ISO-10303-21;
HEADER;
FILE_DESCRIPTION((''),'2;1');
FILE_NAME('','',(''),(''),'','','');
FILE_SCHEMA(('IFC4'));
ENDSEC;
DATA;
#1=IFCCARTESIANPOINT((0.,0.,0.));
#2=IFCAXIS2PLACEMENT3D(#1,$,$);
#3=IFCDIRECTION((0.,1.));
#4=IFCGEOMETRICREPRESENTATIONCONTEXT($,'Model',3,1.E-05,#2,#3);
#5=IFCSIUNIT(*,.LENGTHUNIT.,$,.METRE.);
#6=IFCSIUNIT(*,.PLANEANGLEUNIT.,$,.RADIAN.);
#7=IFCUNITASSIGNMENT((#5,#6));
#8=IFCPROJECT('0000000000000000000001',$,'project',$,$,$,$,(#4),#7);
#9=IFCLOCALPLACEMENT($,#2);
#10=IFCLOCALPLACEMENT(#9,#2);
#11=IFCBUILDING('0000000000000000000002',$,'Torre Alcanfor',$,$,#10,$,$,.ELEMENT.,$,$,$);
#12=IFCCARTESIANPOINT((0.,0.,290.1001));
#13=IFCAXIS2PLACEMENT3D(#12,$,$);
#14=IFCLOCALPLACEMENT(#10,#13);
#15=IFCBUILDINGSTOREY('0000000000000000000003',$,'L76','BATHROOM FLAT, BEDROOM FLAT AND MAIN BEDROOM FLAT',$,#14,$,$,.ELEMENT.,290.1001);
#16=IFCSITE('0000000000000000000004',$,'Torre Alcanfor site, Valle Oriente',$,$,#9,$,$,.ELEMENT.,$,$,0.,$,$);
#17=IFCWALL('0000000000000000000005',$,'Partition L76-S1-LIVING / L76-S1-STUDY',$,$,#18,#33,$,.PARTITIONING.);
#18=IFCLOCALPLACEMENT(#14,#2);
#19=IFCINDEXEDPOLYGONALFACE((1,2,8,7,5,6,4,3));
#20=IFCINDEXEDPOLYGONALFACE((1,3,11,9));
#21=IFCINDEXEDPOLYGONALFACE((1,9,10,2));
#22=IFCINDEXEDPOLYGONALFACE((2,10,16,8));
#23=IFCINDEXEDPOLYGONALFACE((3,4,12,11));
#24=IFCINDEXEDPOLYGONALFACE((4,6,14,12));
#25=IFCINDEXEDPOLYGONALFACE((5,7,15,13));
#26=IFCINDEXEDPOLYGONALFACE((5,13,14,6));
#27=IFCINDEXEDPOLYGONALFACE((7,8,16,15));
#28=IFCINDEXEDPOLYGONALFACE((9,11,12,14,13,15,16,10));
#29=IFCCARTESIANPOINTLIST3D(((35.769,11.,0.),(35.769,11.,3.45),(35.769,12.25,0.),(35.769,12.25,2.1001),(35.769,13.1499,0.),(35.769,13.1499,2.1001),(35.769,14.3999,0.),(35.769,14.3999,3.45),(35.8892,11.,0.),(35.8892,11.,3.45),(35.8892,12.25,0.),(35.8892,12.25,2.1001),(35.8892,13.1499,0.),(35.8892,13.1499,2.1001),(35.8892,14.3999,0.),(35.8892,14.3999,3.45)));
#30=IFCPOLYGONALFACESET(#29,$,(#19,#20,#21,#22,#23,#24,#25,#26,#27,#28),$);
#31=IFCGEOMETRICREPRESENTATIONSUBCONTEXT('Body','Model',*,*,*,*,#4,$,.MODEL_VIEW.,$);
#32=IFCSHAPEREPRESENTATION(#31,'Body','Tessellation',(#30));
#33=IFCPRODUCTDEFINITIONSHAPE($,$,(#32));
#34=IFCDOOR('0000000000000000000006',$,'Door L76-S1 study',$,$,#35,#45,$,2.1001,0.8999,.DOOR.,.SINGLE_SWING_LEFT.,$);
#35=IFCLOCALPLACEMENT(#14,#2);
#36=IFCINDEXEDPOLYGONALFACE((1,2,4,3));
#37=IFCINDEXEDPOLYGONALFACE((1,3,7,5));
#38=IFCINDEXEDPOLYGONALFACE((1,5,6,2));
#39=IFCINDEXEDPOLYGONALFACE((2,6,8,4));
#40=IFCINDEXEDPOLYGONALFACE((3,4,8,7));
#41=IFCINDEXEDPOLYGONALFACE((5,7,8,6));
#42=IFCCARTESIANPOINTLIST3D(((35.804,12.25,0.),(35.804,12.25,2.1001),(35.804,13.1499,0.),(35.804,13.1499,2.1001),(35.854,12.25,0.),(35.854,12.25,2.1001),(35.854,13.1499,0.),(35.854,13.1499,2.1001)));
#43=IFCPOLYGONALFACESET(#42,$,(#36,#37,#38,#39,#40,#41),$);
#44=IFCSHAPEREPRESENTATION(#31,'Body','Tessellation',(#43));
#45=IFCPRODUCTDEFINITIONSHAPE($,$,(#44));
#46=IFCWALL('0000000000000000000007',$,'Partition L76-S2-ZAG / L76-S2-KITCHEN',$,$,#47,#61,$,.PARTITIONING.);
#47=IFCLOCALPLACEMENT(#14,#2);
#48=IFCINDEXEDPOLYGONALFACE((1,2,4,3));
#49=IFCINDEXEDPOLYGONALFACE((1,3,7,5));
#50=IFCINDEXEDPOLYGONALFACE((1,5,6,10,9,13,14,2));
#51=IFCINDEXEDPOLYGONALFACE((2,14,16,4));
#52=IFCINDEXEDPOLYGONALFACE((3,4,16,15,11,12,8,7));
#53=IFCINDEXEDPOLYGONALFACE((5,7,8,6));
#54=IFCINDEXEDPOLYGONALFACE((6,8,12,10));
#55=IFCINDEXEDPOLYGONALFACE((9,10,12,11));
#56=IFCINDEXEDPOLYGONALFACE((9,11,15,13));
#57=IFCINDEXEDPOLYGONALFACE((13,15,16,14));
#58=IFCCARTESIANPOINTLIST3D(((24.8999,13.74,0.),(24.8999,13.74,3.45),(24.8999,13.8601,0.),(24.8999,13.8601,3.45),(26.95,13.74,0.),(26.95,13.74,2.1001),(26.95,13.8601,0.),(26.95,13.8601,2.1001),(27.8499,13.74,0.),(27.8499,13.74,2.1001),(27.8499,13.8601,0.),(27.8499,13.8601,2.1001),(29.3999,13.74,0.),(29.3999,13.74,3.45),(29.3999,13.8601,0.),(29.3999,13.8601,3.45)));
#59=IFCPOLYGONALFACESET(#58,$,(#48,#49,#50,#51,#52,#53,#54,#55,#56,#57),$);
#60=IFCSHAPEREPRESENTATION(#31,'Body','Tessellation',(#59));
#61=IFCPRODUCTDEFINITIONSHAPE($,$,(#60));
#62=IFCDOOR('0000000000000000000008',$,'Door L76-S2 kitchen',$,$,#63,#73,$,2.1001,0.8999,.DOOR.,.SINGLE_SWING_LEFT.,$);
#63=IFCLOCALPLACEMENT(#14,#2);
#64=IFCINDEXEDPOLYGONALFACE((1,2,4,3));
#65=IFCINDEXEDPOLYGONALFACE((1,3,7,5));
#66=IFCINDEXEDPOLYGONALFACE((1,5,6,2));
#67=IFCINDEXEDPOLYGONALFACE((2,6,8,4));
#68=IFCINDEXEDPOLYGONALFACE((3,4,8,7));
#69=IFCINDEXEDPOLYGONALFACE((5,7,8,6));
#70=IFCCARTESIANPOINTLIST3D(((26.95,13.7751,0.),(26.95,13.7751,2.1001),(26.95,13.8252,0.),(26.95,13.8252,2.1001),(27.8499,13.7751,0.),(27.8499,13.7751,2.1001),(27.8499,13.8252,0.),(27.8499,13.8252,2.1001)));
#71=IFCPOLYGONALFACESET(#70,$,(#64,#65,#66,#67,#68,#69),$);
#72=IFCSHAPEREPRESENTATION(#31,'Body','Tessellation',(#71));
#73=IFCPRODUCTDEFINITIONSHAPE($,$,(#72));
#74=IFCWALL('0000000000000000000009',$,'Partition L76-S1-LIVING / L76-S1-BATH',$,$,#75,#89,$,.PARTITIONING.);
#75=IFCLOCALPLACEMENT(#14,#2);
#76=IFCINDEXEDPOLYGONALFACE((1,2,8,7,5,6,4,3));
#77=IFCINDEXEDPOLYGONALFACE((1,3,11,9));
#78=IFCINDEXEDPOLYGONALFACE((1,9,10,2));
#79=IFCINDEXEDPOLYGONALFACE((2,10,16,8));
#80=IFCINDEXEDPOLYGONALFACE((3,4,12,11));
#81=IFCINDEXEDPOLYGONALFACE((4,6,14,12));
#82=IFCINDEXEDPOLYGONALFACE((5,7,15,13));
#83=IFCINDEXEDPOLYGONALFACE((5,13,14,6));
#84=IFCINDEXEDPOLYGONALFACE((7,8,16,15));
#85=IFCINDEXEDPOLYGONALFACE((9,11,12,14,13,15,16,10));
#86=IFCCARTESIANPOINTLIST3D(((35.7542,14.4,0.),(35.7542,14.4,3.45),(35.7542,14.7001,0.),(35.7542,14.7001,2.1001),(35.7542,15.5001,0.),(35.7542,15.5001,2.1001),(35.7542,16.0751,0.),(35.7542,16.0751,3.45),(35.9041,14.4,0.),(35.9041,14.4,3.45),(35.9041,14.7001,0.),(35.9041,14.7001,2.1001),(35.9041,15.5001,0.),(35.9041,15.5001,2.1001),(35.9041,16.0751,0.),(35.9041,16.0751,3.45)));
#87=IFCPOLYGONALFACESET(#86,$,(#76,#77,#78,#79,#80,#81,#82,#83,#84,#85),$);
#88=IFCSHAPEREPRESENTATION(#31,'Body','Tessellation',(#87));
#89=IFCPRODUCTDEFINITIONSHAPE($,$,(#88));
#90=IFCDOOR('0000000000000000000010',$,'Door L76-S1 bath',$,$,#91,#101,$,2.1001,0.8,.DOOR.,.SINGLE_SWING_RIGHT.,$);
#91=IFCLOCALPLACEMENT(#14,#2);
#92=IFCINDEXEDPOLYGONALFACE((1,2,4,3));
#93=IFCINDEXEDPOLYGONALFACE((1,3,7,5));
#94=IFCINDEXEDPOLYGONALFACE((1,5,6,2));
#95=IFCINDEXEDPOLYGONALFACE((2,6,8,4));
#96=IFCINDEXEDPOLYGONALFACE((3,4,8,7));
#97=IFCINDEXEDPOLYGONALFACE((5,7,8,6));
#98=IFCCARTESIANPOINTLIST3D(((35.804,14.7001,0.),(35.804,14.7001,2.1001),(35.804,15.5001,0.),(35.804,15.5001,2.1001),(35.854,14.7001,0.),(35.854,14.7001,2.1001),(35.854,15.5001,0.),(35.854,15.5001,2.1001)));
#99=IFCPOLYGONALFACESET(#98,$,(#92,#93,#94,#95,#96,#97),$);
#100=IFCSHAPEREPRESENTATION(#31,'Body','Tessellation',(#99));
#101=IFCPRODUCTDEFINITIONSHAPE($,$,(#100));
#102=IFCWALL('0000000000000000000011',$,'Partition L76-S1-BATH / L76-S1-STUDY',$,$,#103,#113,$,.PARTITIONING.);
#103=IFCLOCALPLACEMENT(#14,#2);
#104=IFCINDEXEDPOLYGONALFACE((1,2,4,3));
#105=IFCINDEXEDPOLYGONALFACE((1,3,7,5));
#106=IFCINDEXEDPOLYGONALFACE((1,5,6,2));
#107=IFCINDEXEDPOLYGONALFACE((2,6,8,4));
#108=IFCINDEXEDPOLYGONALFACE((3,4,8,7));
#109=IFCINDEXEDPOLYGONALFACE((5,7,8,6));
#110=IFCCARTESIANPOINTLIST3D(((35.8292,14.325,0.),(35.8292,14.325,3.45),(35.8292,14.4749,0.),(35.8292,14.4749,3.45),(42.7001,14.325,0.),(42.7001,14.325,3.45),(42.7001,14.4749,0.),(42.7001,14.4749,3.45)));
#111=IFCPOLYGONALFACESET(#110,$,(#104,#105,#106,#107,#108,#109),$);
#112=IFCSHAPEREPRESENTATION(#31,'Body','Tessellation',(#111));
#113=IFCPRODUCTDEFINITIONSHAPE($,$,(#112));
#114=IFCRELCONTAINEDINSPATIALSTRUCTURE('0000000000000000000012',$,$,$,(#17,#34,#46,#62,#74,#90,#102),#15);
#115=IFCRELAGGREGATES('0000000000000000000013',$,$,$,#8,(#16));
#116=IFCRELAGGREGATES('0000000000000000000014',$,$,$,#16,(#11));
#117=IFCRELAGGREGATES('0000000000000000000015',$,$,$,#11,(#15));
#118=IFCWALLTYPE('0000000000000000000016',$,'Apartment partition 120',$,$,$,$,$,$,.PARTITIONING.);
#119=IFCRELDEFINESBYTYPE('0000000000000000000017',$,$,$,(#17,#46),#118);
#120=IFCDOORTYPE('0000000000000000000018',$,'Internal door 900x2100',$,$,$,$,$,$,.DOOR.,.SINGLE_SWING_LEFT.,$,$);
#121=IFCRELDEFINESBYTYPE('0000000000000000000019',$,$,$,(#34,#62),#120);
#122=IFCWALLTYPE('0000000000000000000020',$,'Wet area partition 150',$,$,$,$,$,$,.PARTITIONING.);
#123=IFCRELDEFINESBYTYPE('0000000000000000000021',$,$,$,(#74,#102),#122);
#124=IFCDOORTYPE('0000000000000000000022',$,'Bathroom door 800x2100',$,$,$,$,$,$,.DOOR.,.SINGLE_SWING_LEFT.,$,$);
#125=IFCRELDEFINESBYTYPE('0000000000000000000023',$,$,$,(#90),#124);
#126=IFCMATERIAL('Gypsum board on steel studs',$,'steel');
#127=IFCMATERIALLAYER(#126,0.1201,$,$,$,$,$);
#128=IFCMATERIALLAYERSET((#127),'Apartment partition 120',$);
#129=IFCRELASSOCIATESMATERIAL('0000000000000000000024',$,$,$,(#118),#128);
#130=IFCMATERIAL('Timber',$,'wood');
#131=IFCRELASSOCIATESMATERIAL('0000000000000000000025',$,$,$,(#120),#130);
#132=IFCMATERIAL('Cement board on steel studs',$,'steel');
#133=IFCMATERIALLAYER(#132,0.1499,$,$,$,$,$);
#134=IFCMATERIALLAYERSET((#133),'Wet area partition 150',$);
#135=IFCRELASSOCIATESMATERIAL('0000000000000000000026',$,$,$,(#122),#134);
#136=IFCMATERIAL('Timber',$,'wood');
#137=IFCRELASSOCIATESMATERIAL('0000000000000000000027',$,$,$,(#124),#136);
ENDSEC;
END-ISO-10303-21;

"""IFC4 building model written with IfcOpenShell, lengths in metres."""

from ifc_helpers import new_model, si_unit, direction, frame, frame_2d, origin, place, context, subcontext, project, spatial, rectangle, extrude, material, layer, layer_set, type_object, element, fill, save


model = new_model("IFC4")

# Units and contexts
model_context = context("Model", 3, precision=1e-05, world=origin(), true_north=direction((0.0, 1.0)))
body_context = subcontext(model_context, "Body", "Model", "MODEL_VIEW")
ifc_project = project(units=[si_unit("LENGTHUNIT", "METRE"), si_unit("PLANEANGLEUNIT", "RADIAN")], contexts=[model_context])

# Site, building, storey
site_placement = place(None, origin())
site = spatial("IfcSite", under=ifc_project, at=site_placement, Name="Torre Alcanfor site, Valle Oriente", CompositionType="ELEMENT", RefElevation=0.0)
building_placement = place(site_placement, origin())
building = spatial("IfcBuilding", under=site, at=building_placement, Name="Torre Alcanfor", CompositionType="ELEMENT")
storey_placement = place(building_placement, frame((0.0, 0.0, 290.1001)))
storey = spatial("IfcBuildingStorey", under=building, at=storey_placement, Name="L76", Description="BATHROOM FLAT, BEDROOM FLAT AND MAIN BEDROOM FLAT", CompositionType="ELEMENT", Elevation=290.1001)

# Shared definitions
ifc_material_1 = material(Name="Gypsum board on steel studs", Category="steel")
ifc_layer_1 = layer(ifc_material_1, 0.1201)
ifc_layer_set_1 = layer_set([ifc_layer_1], Name="Apartment partition 120")
wall_type_1 = type_object("IfcWallType", Name="Apartment partition 120", PredefinedType="PARTITIONING", material=ifc_layer_set_1)

# Walls, openings, doors
wall_1_placement = place(storey_placement, frame((35.8291, 14.3999, 0.0), z_axis=(0.0, 0.0, 1.0), x_axis=(0.0, -1.0, 0.0)))
wall_1 = element("IfcWall", 1, at=wall_1_placement, inside=storey, type_object=wall_type_1, Name="Partition L76-S1-LIVING / L76-S1-STUDY", PredefinedType="PARTITIONING", context=body_context, shape_type="SweptSolid", body=[
    extrude(rectangle(XDim=3.3999, YDim=0.1201, at=frame_2d((1.7, 0.0))), origin(), (0.0, 0.0, 1.0), 3.45),
])
opening_1_placement = place(wall_1_placement, frame((1.25, 0.0, 0.0)))
opening_1 = element("IfcOpeningElement", 2, at=opening_1_placement, cuts=wall_1, PredefinedType="OPENING", context=body_context, shape_type="SweptSolid", body=[
    extrude(rectangle(XDim=0.8999, YDim=2.1001, at=frame_2d((0.45, 1.05))), frame((0.0, 0.0701, 0.0), z_axis=(0.0, -1.0, 0.0), x_axis=(1.0, 0.0, 0.0)), (0.0, 0.0, 1.0), 0.1401),
])
ifc_material_2 = material(Name="Timber", Category="wood")
door_type_1 = type_object("IfcDoorType", Name="Internal door 900x2100", OperationType="SINGLE_SWING_LEFT", PredefinedType="DOOR", material=ifc_material_2)
door_1_placement = place(opening_1_placement, origin())
door_1 = element("IfcDoor", 3, at=door_1_placement, inside=storey, type_object=door_type_1, Name="Door L76-S1 study", OperationType="SINGLE_SWING_LEFT", OverallHeight=2.1001, OverallWidth=0.8999, PredefinedType="DOOR", context=body_context, shape_type="SweptSolid", body=[
    extrude(rectangle(XDim=0.8999, YDim=2.1001, at=frame_2d((0.45, 1.05))), frame((0.0, 0.0249, 0.0), z_axis=(0.0, -1.0, 0.0), x_axis=(1.0, 0.0, 0.0)), (0.0, 0.0, 1.0), 0.05),
])
fill(opening_1, door_1)
wall_2_placement = place(storey_placement, frame((29.3999, 13.8, 0.0), z_axis=(0.0, 0.0, 1.0), x_axis=(-1.0, 0.0, 0.0)))
wall_2 = element("IfcWall", 4, at=wall_2_placement, inside=storey, type_object=wall_type_1, Name="Partition L76-S2-ZAG / L76-S2-KITCHEN", PredefinedType="PARTITIONING", context=body_context, shape_type="SweptSolid", body=[
    extrude(rectangle(XDim=4.5, YDim=0.1201, at=frame_2d((2.25, 0.0))), origin(), (0.0, 0.0, 1.0), 3.45),
])
opening_2_placement = place(wall_2_placement, frame((1.55, 0.0, 0.0)))
opening_2 = element("IfcOpeningElement", 5, at=opening_2_placement, cuts=wall_2, PredefinedType="OPENING", context=body_context, shape_type="SweptSolid", body=[
    extrude(rectangle(XDim=0.8999, YDim=2.1001, at=frame_2d((0.45, 1.05))), frame((0.0, 0.0701, 0.0), z_axis=(0.0, -1.0, 0.0), x_axis=(1.0, 0.0, 0.0)), (0.0, 0.0, 1.0), 0.1401),
])
door_2_placement = place(opening_2_placement, origin())
door_2 = element("IfcDoor", 6, at=door_2_placement, inside=storey, type_object=door_type_1, Name="Door L76-S2 kitchen", OperationType="SINGLE_SWING_LEFT", OverallHeight=2.1001, OverallWidth=0.8999, PredefinedType="DOOR", context=body_context, shape_type="SweptSolid", body=[
    extrude(rectangle(XDim=0.8999, YDim=2.1001, at=frame_2d((0.45, 1.05))), frame((0.0, 0.0249, 0.0), z_axis=(0.0, -1.0, 0.0), x_axis=(1.0, 0.0, 0.0)), (0.0, 0.0, 1.0), 0.05),
])
fill(opening_2, door_2)
ifc_material_3 = material(Name="Cement board on steel studs", Category="steel")
ifc_layer_2 = layer(ifc_material_3, 0.1499)
ifc_layer_set_2 = layer_set([ifc_layer_2], Name="Wet area partition 150")
wall_type_2 = type_object("IfcWallType", Name="Wet area partition 150", PredefinedType="PARTITIONING", material=ifc_layer_set_2)
wall_3_placement = place(storey_placement, frame((35.8291, 16.075, 0.0), z_axis=(0.0, 0.0, 1.0), x_axis=(0.0, -1.0, 0.0)))
wall_3 = element("IfcWall", 7, at=wall_3_placement, inside=storey, type_object=wall_type_2, Name="Partition L76-S1-LIVING / L76-S1-BATH", PredefinedType="PARTITIONING", context=body_context, shape_type="SweptSolid", body=[
    extrude(rectangle(XDim=1.675, YDim=0.1499, at=frame_2d((0.8374, 0.0))), origin(), (0.0, 0.0, 1.0), 3.45),
])
opening_3_placement = place(wall_3_placement, frame((0.575, 0.0, 0.0)))
opening_3 = element("IfcOpeningElement", 8, at=opening_3_placement, cuts=wall_3, PredefinedType="OPENING", context=body_context, shape_type="SweptSolid", body=[
    extrude(rectangle(XDim=0.8, YDim=2.1001, at=frame_2d((0.3999, 1.05))), frame((0.0, 0.085, 0.0), z_axis=(0.0, -1.0, 0.0), x_axis=(1.0, 0.0, 0.0)), (0.0, 0.0, 1.0), 0.1699),
])
ifc_material_4 = material(Name="Timber", Category="wood")
door_type_2 = type_object("IfcDoorType", Name="Bathroom door 800x2100", OperationType="SINGLE_SWING_LEFT", PredefinedType="DOOR", material=ifc_material_4)
door_3_placement = place(opening_3_placement, origin())
door_3 = element("IfcDoor", 9, at=door_3_placement, inside=storey, type_object=door_type_2, Name="Door L76-S1 bath", OperationType="SINGLE_SWING_RIGHT", OverallHeight=2.1001, OverallWidth=0.8, PredefinedType="DOOR", context=body_context, shape_type="SweptSolid", body=[
    extrude(rectangle(XDim=0.8, YDim=2.1001, at=frame_2d((0.3999, 1.05))), frame((0.0, 0.0249, 0.0), z_axis=(0.0, -1.0, 0.0), x_axis=(1.0, 0.0, 0.0)), (0.0, 0.0, 1.0), 0.05),
])
fill(opening_3, door_3)

# Wall
wall_4_placement = place(storey_placement, frame((35.8291, 14.3999, 0.0), z_axis=(0.0, 0.0, 1.0), x_axis=(1.0, 0.0, 0.0)))
element("IfcWall", 10, at=wall_4_placement, inside=storey, type_object=wall_type_2, Name="Partition L76-S1-BATH / L76-S1-STUDY", PredefinedType="PARTITIONING", context=body_context, shape_type="SweptSolid", body=[
    extrude(rectangle(XDim=6.8708, YDim=0.1499, at=frame_2d((3.4355, 0.0))), origin(), (0.0, 0.0, 1.0), 3.45),
])

save(model, "model.ifc")
